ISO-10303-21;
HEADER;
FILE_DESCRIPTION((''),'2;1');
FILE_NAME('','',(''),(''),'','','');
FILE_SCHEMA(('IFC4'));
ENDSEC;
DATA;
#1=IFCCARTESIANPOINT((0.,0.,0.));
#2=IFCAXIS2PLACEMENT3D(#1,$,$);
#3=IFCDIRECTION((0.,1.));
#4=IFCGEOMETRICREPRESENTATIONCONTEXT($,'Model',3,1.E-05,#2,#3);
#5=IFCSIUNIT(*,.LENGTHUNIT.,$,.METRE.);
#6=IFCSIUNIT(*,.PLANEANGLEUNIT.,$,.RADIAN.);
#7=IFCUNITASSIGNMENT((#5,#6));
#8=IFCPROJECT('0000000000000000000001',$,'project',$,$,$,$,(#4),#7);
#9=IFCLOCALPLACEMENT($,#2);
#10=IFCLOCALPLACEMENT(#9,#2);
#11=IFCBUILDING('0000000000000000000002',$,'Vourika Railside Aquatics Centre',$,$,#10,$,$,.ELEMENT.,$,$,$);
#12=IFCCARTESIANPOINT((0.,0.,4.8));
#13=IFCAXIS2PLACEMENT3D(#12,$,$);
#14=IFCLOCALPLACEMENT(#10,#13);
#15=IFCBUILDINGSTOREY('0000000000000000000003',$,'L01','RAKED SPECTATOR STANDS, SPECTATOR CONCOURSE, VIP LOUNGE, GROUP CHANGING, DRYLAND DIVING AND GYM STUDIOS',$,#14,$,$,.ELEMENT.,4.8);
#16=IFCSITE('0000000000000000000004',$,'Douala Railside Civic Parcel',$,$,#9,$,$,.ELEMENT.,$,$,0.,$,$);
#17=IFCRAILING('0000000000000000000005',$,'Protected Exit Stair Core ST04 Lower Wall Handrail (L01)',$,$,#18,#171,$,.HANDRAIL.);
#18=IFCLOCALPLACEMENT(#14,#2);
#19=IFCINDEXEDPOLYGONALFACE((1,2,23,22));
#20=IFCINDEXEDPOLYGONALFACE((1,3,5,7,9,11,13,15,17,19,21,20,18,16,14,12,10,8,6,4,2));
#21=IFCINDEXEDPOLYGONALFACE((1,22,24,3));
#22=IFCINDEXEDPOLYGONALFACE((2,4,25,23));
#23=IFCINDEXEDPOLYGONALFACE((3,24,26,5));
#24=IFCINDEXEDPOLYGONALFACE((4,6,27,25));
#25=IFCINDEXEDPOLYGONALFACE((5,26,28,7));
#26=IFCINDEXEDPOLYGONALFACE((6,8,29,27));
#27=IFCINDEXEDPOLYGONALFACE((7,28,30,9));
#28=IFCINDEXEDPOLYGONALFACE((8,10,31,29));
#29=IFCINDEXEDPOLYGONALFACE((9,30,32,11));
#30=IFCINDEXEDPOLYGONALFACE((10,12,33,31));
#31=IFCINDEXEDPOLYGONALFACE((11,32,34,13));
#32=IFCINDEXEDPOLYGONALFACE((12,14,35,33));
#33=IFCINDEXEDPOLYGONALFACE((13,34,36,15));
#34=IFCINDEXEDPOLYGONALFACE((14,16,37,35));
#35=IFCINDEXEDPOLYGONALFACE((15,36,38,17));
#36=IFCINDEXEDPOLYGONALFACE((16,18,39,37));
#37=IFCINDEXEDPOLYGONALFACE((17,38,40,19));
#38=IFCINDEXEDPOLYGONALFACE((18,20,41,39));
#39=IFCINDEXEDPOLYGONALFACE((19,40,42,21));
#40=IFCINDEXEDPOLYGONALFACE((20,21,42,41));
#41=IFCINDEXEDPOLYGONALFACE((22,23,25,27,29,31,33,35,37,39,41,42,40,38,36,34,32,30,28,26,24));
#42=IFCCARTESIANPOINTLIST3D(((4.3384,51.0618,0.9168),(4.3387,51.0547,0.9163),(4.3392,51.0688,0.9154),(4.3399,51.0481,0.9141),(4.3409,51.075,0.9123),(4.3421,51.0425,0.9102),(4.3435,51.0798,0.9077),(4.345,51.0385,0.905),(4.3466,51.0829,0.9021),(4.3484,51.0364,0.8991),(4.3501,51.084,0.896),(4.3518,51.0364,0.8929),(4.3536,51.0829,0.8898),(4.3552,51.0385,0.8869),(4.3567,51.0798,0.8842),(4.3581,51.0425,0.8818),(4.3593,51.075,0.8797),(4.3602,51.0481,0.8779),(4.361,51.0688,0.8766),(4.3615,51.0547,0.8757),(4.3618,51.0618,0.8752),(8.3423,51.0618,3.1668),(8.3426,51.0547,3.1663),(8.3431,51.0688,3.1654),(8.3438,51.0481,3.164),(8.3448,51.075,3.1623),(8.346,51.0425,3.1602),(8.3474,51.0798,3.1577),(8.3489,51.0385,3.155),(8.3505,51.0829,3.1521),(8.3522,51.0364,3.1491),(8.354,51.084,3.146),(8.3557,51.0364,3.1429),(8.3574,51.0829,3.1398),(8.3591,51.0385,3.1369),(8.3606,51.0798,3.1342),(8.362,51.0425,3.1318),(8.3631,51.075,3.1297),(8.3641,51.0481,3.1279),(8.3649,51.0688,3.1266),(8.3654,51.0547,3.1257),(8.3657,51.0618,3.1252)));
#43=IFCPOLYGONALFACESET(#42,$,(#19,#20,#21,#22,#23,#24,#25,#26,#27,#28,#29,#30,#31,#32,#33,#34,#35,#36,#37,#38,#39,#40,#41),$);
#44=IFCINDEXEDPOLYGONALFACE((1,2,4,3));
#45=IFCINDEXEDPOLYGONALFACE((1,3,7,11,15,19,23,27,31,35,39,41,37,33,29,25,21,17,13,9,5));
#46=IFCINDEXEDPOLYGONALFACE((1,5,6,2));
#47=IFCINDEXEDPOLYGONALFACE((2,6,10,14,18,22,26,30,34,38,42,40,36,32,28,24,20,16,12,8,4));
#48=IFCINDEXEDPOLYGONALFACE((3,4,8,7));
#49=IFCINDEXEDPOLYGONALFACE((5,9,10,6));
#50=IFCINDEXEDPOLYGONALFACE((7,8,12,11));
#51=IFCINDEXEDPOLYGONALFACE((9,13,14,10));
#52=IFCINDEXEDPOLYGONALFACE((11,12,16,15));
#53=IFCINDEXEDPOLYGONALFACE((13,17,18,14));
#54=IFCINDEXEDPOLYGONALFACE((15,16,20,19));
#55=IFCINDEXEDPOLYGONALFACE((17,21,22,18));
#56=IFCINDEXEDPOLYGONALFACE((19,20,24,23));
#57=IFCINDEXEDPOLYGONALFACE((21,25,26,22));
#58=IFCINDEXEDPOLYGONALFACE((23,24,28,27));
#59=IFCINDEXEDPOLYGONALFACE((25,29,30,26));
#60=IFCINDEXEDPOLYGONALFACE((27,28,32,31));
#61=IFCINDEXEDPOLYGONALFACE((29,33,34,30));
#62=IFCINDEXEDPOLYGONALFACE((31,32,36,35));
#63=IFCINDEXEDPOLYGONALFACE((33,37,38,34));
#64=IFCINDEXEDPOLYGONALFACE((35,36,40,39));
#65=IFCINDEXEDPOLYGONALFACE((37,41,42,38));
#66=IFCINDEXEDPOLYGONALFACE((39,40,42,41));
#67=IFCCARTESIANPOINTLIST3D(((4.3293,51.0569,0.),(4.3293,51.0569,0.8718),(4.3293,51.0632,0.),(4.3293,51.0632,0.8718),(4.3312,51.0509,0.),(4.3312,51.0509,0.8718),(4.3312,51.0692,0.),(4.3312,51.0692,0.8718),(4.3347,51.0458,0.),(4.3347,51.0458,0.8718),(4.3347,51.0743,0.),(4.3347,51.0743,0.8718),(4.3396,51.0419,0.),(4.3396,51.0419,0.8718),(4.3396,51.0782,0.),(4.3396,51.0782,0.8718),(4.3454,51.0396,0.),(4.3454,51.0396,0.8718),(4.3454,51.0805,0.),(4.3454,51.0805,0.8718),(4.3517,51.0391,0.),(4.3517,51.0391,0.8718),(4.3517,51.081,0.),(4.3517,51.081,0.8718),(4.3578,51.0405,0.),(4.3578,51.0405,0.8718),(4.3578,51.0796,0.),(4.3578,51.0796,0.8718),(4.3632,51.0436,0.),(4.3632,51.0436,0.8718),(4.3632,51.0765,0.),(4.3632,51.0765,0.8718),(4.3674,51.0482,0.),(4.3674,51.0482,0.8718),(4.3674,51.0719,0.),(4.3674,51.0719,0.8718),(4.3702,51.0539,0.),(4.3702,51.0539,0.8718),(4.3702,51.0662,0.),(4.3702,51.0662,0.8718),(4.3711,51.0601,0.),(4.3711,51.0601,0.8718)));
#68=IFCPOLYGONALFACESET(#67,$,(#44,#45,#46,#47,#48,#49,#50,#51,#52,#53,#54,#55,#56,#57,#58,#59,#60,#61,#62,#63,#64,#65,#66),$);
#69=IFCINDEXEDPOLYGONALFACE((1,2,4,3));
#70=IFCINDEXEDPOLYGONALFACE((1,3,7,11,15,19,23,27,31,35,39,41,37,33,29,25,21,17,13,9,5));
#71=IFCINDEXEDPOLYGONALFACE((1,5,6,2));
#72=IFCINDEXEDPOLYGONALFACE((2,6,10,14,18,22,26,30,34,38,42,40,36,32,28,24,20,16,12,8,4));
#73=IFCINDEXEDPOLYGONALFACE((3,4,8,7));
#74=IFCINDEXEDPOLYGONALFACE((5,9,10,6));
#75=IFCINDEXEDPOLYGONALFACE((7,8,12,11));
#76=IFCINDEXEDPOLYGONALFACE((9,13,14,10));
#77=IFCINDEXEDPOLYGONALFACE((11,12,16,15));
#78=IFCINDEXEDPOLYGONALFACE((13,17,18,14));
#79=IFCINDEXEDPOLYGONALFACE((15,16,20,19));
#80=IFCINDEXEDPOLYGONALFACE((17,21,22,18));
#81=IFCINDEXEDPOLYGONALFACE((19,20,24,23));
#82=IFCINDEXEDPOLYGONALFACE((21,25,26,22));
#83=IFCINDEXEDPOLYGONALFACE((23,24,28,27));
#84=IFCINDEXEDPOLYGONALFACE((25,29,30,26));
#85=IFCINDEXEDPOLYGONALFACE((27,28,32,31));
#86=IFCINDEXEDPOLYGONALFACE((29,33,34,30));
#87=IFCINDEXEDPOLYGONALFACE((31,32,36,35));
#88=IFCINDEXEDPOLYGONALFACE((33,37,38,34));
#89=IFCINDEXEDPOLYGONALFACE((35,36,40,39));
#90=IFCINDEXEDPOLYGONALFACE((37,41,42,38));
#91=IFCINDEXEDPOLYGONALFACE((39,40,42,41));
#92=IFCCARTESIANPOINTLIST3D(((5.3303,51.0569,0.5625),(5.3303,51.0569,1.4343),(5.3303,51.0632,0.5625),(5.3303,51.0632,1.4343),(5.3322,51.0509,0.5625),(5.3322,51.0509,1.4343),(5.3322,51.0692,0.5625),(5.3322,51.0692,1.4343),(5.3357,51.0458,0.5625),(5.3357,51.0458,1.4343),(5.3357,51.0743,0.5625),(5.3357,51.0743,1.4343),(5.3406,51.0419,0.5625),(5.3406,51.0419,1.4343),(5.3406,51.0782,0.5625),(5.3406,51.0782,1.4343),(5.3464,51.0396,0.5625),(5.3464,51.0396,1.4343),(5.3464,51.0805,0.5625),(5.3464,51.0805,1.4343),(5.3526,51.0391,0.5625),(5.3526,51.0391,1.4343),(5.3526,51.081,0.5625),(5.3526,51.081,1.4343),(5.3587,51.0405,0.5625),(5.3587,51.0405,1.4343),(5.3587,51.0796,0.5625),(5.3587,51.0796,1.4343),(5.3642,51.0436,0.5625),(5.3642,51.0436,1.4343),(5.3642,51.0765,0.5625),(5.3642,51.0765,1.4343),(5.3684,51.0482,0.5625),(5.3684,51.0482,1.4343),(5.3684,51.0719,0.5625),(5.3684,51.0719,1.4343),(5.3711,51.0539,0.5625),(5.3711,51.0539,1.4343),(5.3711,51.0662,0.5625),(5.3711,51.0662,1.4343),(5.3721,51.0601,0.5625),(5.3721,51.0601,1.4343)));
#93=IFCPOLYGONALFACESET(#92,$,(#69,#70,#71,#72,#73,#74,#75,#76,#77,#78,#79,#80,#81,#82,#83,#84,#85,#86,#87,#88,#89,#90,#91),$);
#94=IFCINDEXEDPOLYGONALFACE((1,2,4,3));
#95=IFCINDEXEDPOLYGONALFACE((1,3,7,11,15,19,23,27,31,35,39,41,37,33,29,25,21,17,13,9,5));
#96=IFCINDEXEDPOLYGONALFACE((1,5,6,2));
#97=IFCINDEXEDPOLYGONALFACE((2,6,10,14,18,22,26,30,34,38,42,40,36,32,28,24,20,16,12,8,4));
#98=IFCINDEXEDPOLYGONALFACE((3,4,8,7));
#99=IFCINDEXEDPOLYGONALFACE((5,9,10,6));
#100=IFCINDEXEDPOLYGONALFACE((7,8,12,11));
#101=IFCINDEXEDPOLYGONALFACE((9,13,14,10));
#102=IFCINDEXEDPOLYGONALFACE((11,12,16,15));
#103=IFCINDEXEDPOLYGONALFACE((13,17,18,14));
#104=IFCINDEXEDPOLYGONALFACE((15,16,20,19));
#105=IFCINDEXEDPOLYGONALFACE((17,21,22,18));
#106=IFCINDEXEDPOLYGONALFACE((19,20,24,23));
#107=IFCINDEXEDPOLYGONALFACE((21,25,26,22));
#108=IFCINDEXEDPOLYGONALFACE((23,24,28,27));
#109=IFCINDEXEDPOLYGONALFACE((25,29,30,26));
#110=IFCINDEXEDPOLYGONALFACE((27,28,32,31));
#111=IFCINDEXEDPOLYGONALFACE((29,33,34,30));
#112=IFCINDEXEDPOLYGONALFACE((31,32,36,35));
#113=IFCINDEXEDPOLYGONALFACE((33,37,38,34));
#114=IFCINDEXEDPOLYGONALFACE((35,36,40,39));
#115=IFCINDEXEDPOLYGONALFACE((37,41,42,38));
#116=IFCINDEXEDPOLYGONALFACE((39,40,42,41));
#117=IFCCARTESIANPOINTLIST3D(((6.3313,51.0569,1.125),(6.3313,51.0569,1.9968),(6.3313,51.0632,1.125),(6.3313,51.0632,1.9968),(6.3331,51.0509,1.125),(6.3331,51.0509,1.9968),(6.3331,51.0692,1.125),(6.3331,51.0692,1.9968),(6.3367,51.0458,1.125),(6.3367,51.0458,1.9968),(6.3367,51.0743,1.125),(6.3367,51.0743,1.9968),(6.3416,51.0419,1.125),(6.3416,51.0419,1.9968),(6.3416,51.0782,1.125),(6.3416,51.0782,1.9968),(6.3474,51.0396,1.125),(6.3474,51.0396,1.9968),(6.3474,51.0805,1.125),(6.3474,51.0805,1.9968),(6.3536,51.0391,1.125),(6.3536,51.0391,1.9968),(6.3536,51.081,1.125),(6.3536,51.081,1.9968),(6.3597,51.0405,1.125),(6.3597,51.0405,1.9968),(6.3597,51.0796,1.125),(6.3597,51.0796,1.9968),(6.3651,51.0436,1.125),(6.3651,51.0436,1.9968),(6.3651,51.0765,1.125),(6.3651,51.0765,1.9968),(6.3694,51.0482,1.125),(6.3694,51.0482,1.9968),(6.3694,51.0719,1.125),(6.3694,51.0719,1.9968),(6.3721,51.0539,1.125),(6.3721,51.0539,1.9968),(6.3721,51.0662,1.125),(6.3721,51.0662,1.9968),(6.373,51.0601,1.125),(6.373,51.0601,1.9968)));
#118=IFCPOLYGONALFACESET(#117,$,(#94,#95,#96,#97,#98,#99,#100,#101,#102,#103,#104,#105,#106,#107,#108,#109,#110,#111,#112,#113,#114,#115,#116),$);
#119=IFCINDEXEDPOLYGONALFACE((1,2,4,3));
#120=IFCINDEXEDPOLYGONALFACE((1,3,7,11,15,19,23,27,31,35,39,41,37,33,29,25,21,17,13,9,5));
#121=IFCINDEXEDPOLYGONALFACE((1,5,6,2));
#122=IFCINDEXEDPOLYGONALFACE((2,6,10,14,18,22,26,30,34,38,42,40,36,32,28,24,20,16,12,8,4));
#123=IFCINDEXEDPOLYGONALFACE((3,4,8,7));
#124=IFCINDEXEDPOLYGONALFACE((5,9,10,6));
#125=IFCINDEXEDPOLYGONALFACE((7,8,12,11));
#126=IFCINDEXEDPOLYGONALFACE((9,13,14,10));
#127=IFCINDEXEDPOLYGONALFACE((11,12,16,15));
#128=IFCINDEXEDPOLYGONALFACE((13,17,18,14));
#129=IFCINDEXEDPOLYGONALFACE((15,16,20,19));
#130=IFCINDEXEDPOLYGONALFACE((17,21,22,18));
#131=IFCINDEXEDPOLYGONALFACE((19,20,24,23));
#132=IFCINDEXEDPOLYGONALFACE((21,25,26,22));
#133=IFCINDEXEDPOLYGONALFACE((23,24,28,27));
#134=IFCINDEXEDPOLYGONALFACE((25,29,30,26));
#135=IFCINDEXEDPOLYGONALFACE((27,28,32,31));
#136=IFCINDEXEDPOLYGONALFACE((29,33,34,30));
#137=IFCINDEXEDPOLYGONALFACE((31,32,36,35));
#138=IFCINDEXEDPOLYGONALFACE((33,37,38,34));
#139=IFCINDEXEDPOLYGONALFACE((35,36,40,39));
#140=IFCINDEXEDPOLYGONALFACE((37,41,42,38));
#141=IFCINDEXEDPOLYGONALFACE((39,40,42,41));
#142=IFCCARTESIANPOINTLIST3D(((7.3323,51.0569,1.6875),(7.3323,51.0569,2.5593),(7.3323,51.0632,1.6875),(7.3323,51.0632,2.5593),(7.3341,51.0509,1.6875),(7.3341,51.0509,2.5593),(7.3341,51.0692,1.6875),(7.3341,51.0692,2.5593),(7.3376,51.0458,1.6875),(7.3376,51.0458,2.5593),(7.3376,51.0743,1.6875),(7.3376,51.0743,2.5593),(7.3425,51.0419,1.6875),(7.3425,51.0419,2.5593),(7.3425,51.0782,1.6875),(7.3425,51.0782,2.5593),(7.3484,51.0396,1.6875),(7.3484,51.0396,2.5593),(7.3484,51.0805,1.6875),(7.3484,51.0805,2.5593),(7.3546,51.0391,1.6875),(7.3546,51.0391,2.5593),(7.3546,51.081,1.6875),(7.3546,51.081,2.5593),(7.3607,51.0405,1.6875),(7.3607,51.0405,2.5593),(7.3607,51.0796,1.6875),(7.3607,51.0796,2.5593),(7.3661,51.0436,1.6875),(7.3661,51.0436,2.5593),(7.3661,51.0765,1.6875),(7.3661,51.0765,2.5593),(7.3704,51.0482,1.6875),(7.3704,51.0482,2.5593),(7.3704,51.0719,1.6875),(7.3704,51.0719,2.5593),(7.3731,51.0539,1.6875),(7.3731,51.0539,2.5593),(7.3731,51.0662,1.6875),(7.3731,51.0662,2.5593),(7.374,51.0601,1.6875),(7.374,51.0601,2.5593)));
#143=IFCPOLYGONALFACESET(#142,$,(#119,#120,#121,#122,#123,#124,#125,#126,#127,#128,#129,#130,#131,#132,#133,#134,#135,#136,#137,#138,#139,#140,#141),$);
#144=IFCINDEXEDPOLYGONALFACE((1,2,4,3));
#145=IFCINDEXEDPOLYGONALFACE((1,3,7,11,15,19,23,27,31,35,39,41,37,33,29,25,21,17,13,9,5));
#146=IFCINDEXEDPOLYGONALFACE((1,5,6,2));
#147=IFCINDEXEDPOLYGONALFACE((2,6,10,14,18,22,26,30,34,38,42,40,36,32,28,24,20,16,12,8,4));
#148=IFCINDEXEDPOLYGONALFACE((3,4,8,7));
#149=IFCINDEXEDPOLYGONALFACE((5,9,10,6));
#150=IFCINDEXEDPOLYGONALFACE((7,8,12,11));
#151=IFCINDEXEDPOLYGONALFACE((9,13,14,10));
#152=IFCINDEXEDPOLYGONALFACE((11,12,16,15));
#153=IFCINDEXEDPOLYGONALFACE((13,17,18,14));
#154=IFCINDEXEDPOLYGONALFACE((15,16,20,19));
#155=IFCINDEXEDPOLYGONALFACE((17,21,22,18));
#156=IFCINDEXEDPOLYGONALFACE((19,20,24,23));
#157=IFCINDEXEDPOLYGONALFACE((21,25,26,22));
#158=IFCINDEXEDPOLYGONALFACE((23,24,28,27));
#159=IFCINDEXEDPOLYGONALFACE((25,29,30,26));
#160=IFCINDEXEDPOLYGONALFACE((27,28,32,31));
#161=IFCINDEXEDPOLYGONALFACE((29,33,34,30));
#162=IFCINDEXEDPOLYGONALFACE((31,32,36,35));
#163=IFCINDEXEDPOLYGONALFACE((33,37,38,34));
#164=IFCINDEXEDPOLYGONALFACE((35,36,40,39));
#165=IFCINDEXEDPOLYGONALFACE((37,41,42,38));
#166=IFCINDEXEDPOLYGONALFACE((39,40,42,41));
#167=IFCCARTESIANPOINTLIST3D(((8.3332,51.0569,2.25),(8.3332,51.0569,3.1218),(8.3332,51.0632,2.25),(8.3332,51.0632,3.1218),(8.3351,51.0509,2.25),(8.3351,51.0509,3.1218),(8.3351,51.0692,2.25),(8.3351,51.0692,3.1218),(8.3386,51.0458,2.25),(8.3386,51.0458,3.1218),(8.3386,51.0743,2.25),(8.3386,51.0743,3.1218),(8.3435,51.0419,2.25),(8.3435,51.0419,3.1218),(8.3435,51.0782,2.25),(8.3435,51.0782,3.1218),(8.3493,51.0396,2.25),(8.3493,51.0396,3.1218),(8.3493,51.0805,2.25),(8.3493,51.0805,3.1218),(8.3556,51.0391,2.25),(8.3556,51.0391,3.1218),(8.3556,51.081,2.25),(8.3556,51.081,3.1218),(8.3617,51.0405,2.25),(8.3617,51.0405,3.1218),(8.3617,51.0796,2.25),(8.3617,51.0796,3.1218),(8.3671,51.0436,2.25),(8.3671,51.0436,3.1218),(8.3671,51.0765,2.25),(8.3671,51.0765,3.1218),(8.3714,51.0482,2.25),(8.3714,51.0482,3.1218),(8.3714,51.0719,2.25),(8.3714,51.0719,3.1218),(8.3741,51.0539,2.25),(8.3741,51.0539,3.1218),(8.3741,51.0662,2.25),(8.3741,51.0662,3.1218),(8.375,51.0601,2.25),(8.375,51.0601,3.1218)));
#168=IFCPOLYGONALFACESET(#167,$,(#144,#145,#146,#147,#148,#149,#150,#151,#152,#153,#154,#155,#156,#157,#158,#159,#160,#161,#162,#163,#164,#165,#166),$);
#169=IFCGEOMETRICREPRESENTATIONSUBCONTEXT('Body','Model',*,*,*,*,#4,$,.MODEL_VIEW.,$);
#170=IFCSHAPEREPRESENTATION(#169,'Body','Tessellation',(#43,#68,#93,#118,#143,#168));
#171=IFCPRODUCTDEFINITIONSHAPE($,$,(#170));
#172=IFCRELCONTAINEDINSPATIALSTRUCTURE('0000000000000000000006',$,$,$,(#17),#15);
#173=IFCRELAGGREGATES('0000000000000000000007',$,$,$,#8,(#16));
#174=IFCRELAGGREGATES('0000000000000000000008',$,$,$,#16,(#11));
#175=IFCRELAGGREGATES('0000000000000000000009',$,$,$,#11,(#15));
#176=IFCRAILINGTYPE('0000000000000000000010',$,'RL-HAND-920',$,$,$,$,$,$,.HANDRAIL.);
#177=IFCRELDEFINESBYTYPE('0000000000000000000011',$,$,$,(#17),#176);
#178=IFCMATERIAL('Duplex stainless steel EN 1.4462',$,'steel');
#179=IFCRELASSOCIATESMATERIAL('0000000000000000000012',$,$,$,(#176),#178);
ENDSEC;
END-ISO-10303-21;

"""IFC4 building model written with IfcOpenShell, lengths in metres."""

from ifc_helpers import new_model, si_unit, direction, frame, origin, origin_2d, place, context, subcontext, project, spatial, circle, extrude, material, type_object, element, save


model = new_model("IFC4")

# Units and contexts
model_context = context("Model", 3, precision=1e-05, world=origin(), true_north=direction((0.0, 1.0)))
body_context = subcontext(model_context, "Body", "Model", "MODEL_VIEW")
ifc_project = project(units=[si_unit("LENGTHUNIT", "METRE"), si_unit("PLANEANGLEUNIT", "RADIAN")], contexts=[model_context])

# Site, building, storey
site_placement = place(None, origin())
site = spatial("IfcSite", under=ifc_project, at=site_placement, Name="Douala Railside Civic Parcel", CompositionType="ELEMENT", RefElevation=0.0)
building_placement = place(site_placement, origin())
building = spatial("IfcBuilding", under=site, at=building_placement, Name="Vourika Railside Aquatics Centre", CompositionType="ELEMENT")
storey_placement = place(building_placement, frame((0.0, 0.0, 4.8)))
storey = spatial("IfcBuildingStorey", under=building, at=storey_placement, Name="L01", Description="RAKED SPECTATOR STANDS, SPECTATOR CONCOURSE, VIP LOUNGE, GROUP CHANGING, DRYLAND DIVING AND GYM STUDIOS", CompositionType="ELEMENT", Elevation=4.8)

# Railing
ifc_material_1 = material(Name="Duplex stainless steel EN 1.4462", Category="steel")
railing_type_1 = type_object("IfcRailingType", Name="RL-HAND-920", PredefinedType="HANDRAIL", material=ifc_material_1)
railing_1_placement = place(storey_placement, frame((4.3501, 51.0601, 0.0)))
element("IfcRailing", 1, at=railing_1_placement, inside=storey, type_object=railing_type_1, Name="Protected Exit Stair Core ST04 Lower Wall Handrail (L01)", PredefinedType="HANDRAIL", context=body_context, shape_type="SweptSolid", body=[
    extrude(circle(Radius=0.0239, at=origin_2d()), frame((0.0, 0.0, 0.896), z_axis=(0.87178, 0.0, 0.489898), x_axis=(0.0, 1.0, 0.0)), (0.0, 0.0, 1.0), 4.5928),
    extrude(circle(Radius=0.021, at=origin_2d()), origin(), (0.0, 0.0, 1.0), 0.8718),
    extrude(circle(Radius=0.021, at=origin_2d()), frame((1.001, 0.0, 0.5625)), (0.0, 0.0, 1.0), 0.8718),
    extrude(circle(Radius=0.021, at=origin_2d()), frame((2.002, 0.0, 1.125)), (0.0, 0.0, 1.0), 0.8718),
    extrude(circle(Radius=0.021, at=origin_2d()), frame((3.0029, 0.0, 1.6875)), (0.0, 0.0, 1.0), 0.8718),
    extrude(circle(Radius=0.021, at=origin_2d()), frame((4.0039, 0.0, 2.25)), (0.0, 0.0, 1.0), 0.8718),
])

save(model, "model.ifc")
